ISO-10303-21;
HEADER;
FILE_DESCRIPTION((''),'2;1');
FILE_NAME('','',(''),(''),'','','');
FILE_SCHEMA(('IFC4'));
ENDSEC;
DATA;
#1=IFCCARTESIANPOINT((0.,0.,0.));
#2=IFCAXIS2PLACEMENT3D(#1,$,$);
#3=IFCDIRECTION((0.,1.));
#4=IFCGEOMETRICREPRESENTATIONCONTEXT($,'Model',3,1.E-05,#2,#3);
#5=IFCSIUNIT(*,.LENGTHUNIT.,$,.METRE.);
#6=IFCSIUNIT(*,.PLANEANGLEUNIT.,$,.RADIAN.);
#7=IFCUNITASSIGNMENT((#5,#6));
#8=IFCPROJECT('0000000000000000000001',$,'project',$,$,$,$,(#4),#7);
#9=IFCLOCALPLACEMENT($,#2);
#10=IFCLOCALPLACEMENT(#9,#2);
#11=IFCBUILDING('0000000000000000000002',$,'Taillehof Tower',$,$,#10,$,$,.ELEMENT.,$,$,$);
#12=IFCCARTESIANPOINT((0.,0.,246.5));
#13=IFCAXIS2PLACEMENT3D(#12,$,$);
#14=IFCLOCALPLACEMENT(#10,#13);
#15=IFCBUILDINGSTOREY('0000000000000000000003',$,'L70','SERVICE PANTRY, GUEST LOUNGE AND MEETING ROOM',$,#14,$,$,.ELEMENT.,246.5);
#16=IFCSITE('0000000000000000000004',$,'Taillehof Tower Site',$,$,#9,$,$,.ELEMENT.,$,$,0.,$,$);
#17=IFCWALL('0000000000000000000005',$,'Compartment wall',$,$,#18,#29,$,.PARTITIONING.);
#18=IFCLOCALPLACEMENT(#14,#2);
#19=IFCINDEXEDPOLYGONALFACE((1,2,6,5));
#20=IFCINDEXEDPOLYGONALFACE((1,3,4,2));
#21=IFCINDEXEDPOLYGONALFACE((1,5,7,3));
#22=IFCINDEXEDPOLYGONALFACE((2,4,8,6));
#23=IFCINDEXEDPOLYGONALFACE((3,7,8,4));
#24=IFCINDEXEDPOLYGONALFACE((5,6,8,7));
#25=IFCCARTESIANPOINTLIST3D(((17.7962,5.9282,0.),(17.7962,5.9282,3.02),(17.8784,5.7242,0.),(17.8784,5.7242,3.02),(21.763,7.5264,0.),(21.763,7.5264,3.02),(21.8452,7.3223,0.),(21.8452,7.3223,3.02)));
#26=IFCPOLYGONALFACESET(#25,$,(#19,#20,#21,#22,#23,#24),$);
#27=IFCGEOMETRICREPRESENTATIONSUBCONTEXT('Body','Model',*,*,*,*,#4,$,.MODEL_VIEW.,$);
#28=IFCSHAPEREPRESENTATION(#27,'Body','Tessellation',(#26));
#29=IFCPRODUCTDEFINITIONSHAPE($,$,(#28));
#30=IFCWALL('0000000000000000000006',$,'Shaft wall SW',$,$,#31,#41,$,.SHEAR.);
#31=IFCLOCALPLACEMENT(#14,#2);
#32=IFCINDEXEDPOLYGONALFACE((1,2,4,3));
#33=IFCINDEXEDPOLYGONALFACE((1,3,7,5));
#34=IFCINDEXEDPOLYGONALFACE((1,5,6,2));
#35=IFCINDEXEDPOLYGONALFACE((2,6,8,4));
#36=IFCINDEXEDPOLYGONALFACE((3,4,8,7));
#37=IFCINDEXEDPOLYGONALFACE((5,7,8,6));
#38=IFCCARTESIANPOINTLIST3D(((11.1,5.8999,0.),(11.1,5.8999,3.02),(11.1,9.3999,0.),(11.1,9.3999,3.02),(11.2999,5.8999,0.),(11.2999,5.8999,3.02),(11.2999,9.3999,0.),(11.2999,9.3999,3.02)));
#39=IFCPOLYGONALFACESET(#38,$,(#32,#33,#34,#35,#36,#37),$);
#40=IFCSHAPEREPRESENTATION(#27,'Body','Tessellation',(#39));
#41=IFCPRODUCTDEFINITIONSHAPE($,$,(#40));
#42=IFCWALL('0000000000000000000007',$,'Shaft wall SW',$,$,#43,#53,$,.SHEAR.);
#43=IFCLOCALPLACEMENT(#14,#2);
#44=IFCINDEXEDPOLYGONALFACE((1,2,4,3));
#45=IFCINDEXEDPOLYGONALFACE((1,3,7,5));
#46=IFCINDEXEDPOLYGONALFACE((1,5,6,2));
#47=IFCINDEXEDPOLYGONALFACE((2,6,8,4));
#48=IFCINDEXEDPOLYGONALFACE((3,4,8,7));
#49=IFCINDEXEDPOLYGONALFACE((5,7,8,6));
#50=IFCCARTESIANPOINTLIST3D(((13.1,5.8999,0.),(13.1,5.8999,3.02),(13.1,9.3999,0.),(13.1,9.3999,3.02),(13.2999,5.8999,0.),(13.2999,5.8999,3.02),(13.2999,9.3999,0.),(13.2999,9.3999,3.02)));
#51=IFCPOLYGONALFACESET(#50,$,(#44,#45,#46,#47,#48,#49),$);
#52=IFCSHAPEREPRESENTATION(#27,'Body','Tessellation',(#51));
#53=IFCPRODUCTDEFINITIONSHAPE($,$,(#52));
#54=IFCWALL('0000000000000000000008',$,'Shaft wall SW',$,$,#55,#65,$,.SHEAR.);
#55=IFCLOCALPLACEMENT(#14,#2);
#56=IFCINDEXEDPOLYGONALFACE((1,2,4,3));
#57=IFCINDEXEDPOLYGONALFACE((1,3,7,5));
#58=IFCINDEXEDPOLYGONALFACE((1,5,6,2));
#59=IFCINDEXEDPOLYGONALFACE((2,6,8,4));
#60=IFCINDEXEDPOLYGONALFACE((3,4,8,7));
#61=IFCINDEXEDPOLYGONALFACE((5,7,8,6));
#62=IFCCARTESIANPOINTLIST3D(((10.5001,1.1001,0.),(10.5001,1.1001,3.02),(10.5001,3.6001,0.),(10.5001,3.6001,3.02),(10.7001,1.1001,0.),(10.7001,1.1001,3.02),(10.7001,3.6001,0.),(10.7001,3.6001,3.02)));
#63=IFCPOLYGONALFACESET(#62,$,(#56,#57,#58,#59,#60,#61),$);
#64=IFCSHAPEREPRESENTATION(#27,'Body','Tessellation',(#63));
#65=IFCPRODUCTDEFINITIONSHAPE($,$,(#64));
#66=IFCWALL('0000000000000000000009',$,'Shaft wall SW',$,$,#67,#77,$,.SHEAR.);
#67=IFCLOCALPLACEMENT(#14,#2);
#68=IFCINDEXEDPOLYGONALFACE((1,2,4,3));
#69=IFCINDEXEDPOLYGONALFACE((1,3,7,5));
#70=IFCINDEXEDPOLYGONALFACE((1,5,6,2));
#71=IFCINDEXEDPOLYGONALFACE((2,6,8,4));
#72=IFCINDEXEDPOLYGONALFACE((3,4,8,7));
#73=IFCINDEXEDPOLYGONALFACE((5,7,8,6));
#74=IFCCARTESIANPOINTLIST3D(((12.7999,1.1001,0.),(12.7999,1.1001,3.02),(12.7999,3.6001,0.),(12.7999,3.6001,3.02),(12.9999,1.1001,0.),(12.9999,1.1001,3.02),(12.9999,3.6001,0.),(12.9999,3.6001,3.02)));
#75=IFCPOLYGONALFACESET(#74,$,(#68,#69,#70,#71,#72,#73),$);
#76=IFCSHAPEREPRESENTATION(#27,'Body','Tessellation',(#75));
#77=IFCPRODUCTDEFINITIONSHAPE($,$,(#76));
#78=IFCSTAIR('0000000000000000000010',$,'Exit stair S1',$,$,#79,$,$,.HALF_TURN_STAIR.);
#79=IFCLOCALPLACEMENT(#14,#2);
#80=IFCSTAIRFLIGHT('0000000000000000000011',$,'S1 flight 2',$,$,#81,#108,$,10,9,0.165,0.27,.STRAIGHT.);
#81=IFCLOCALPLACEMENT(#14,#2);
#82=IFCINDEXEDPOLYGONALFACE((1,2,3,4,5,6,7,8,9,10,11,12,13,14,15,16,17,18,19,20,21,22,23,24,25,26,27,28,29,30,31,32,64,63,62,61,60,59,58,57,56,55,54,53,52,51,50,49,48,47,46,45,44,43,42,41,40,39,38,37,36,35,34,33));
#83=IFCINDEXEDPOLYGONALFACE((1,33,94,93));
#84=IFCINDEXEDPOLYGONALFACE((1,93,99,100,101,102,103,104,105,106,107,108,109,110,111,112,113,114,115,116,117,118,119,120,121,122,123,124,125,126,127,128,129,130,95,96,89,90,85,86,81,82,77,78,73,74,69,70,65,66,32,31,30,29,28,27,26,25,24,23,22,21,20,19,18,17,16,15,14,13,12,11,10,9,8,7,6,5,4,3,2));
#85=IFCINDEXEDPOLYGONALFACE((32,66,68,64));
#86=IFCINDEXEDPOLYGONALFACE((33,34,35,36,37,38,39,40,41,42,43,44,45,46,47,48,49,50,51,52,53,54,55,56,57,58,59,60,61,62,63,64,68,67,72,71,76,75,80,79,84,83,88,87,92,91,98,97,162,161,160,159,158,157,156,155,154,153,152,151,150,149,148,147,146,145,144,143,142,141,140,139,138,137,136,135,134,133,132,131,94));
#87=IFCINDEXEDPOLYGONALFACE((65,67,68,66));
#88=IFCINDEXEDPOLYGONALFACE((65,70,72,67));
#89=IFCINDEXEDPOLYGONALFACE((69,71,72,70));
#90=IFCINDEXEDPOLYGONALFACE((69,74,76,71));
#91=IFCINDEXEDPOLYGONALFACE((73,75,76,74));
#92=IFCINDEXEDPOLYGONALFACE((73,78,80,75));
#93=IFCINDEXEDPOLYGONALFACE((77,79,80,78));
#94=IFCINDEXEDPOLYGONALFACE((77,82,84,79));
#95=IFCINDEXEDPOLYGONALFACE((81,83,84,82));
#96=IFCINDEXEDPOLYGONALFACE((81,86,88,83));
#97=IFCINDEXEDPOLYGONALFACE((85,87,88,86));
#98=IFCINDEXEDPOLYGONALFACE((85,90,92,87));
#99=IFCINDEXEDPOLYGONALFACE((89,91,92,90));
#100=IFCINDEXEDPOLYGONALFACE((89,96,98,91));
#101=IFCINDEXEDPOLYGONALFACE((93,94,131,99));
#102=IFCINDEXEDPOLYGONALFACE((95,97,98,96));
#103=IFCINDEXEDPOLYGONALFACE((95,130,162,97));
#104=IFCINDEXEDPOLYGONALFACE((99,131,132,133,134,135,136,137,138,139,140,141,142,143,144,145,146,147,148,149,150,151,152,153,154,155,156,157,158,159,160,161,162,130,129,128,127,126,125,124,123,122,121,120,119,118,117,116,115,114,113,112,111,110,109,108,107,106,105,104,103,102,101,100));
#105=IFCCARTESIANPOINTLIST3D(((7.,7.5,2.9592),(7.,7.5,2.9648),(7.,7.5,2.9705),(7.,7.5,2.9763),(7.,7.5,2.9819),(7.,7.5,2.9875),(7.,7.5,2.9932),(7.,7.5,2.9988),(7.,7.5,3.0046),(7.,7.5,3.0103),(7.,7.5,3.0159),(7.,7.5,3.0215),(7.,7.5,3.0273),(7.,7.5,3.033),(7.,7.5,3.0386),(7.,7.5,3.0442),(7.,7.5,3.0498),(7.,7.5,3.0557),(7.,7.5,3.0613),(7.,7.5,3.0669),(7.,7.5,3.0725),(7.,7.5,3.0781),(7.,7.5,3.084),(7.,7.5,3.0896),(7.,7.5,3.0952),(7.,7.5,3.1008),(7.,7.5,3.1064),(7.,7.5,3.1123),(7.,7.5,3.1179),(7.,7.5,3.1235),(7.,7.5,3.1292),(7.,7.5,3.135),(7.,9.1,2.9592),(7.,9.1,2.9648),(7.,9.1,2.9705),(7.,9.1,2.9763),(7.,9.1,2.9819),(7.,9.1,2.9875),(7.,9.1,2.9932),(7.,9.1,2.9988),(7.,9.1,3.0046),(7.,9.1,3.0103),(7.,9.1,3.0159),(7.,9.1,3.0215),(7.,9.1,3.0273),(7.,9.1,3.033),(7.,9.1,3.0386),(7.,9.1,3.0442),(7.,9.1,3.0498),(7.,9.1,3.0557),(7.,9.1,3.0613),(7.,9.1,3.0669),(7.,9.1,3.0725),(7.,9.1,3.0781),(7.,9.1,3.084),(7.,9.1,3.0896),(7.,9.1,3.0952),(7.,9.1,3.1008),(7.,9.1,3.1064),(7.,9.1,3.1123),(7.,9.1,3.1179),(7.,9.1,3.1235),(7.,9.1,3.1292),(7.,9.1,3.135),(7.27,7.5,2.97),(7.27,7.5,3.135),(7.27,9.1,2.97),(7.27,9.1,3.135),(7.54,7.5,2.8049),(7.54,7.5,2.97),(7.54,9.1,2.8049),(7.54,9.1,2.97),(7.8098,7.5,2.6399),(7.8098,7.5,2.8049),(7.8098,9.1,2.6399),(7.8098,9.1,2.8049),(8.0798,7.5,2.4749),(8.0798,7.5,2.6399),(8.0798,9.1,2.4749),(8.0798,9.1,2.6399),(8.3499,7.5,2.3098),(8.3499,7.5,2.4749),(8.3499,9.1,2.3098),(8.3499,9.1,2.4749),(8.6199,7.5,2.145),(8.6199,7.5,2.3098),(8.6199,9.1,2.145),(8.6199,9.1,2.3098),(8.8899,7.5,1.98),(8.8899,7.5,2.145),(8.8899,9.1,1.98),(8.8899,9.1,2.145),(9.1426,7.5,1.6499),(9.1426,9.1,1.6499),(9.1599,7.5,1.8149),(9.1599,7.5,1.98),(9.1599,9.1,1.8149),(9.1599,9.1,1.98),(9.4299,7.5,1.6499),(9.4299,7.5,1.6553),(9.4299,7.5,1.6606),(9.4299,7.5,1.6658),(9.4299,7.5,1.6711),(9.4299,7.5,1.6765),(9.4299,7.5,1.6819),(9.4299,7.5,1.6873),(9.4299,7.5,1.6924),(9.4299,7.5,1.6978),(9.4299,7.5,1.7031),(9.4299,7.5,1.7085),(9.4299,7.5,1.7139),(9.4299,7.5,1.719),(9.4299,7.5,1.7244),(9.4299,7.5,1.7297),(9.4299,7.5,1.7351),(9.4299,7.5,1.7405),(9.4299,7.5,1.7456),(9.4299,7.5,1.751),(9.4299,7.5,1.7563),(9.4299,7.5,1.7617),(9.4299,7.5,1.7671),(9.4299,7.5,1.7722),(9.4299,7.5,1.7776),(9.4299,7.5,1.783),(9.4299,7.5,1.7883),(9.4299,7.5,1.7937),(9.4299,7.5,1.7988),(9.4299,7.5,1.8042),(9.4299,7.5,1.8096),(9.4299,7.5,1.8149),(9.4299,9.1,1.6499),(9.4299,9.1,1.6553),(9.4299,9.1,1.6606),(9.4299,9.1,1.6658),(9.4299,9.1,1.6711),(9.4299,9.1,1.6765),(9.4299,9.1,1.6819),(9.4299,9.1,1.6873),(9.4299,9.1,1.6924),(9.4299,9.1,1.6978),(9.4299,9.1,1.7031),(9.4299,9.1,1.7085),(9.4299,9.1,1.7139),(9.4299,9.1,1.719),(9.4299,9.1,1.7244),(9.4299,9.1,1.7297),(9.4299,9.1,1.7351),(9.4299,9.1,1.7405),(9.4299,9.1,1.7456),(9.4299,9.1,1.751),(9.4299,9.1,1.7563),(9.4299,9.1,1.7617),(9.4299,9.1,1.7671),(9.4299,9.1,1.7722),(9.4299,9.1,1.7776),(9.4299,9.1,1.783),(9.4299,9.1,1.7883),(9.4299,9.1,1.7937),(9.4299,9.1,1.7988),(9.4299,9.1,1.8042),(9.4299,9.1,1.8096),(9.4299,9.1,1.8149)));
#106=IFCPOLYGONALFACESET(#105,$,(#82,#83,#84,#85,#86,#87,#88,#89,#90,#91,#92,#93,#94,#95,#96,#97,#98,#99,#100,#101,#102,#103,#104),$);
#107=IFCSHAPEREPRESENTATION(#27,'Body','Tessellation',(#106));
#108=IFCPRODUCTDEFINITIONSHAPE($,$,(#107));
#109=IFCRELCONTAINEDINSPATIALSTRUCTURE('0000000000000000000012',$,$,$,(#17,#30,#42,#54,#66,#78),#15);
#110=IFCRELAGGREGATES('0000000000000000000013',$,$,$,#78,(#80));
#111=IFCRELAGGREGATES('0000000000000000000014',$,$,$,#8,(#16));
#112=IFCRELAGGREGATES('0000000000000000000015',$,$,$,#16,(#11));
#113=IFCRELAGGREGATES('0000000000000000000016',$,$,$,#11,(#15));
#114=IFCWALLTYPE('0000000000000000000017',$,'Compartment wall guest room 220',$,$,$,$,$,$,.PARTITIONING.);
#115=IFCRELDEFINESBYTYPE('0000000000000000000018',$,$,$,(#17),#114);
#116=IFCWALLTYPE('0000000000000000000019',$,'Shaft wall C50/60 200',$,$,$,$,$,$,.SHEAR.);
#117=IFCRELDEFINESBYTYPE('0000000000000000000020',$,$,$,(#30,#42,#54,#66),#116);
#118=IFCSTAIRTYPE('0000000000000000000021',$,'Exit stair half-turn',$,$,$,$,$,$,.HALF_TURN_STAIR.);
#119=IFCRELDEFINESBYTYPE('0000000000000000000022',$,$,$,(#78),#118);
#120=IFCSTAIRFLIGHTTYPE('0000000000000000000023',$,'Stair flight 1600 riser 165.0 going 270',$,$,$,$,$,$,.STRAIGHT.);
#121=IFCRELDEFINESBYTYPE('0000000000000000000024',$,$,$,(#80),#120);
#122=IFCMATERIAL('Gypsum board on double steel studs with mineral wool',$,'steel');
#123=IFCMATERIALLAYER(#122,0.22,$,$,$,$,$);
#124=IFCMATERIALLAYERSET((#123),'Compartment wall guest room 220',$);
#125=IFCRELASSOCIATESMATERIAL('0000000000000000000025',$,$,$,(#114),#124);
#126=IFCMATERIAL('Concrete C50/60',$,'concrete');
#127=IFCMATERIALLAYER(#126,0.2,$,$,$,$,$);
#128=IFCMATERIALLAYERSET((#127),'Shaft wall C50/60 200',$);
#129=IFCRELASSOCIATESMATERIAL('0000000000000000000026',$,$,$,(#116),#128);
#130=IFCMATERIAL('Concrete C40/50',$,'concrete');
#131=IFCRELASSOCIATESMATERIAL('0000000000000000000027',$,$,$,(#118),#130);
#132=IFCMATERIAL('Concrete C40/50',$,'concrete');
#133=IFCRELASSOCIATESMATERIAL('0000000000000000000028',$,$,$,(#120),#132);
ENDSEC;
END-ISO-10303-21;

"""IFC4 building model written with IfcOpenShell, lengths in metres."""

from ifc_helpers import new_model, si_unit, direction, frame, frame_2d, origin, place, context, subcontext, project, spatial, polyline, rectangle, outline, extrude, material, layer, layer_set, type_object, element, aggregate, save


model = new_model("IFC4")

# Units and contexts
model_context = context("Model", 3, precision=1e-05, world=origin(), true_north=direction((0.0, 1.0)))
body_context = subcontext(model_context, "Body", "Model", "MODEL_VIEW")
ifc_project = project(units=[si_unit("LENGTHUNIT", "METRE"), si_unit("PLANEANGLEUNIT", "RADIAN")], contexts=[model_context])

# Site, building, storey
site_placement = place(None, origin())
site = spatial("IfcSite", under=ifc_project, at=site_placement, Name="Taillehof Tower Site", CompositionType="ELEMENT", RefElevation=0.0)
building_placement = place(site_placement, origin())
building = spatial("IfcBuilding", under=site, at=building_placement, Name="Taillehof Tower", CompositionType="ELEMENT")
storey_placement = place(building_placement, frame((0.0, 0.0, 246.5)))
storey = spatial("IfcBuildingStorey", under=building, at=storey_placement, Name="L70", Description="SERVICE PANTRY, GUEST LOUNGE AND MEETING ROOM", CompositionType="ELEMENT", Elevation=246.5)

# Walls
ifc_material_1 = material(Name="Gypsum board on double steel studs with mineral wool", Category="steel")
ifc_layer_1 = layer(ifc_material_1, 0.22)
ifc_layer_set_1 = layer_set([ifc_layer_1], Name="Compartment wall guest room 220")
wall_type_1 = type_object("IfcWallType", Name="Compartment wall guest room 220", PredefinedType="PARTITIONING", material=ifc_layer_set_1)
wall_1_placement = place(storey_placement, frame((21.804, 7.4243, 0.0), z_axis=(0.0, 0.0, 1.0), x_axis=(-0.927553, -0.373693, 0.0)))
element("IfcWall", 1, at=wall_1_placement, inside=storey, type_object=wall_type_1, Name="Compartment wall", PredefinedType="PARTITIONING", context=body_context, shape_type="SweptSolid", body=[
    extrude(rectangle(XDim=4.2766, YDim=0.22, at=frame_2d((2.1382, 0.0))), origin(), (0.0, 0.0, 1.0), 3.02),
])
ifc_material_2 = material(Name="Concrete C50/60", Category="concrete")
ifc_layer_2 = layer(ifc_material_2, 0.2)
ifc_layer_set_2 = layer_set([ifc_layer_2], Name="Shaft wall C50/60 200")
wall_type_2 = type_object("IfcWallType", Name="Shaft wall C50/60 200", PredefinedType="SHEAR", material=ifc_layer_set_2)
for number, where, z_axis, x_axis, name in (
    (2, (11.2, 5.8999, 0.0), (0.0, 0.0, 1.0), (0.0, 1.0, 0.0), "Shaft wall SW"),
    (3, (13.2, 5.8999, 0.0), (0.0, 0.0, 1.0), (0.0, 1.0, 0.0), "Shaft wall SW"),
):
    element("IfcWall", number, at=place(storey_placement, frame(where, z_axis=z_axis, x_axis=x_axis)), inside=storey, type_object=wall_type_2, Name=name, PredefinedType="SHEAR", context=body_context, shape_type="SweptSolid", body=[
        extrude(rectangle(XDim=3.5, YDim=0.2, at=frame_2d((1.75, 0.0))), origin(), (0.0, 0.0, 1.0), 3.02),
    ])
for number, where, z_axis, x_axis, name in (
    (4, (10.6001, 1.1001, 0.0), (0.0, 0.0, 1.0), (0.0, 1.0, 0.0), "Shaft wall SW"),
    (5, (12.8999, 1.1001, 0.0), (0.0, 0.0, 1.0), (0.0, 1.0, 0.0), "Shaft wall SW"),
):
    element("IfcWall", number, at=place(storey_placement, frame(where, z_axis=z_axis, x_axis=x_axis)), inside=storey, type_object=wall_type_2, Name=name, PredefinedType="SHEAR", context=body_context, shape_type="SweptSolid", body=[
        extrude(rectangle(XDim=2.5, YDim=0.2, at=frame_2d((1.25, 0.0))), origin(), (0.0, 0.0, 1.0), 3.02),
    ])

# Stair, stair flight
ifc_material_3 = material(Name="Concrete C40/50", Category="concrete")
stair_type = type_object("IfcStairType", Name="Exit stair half-turn", PredefinedType="HALF_TURN_STAIR", material=ifc_material_3)
stair_placement = place(storey_placement, origin())
stair = element("IfcStair", 6, at=stair_placement, inside=storey, type_object=stair_type, Name="Exit stair S1", PredefinedType="HALF_TURN_STAIR")
ifc_material_4 = material(Name="Concrete C40/50", Category="concrete")
stair_flight_type = type_object("IfcStairFlightType", Name="Stair flight 1600 riser 165.0 going 270", PredefinedType="STRAIGHT", material=ifc_material_4)
stair_flight_placement = place(storey_placement, frame((9.4299, 8.3, 1.6499), z_axis=(0.0, 0.0, 1.0), x_axis=(-1.0, 0.0, 0.0)))
stair_flight = element("IfcStairFlight", 7, at=stair_flight_placement, type_object=stair_flight_type, Name="S1 flight 2", NumberOfRisers=10, NumberOfTreads=9, PredefinedType="STRAIGHT", RiserHeight=0.165, TreadLength=0.27, context=body_context, shape_type="SweptSolid", body=[
    extrude(outline(polyline([(0.0, 0.0), (0.0, 0.0054), (0.0, 0.0107), (0.0, 0.0159), (0.0, 0.0212), (0.0, 0.0266), (0.0, 0.032), (0.0, 0.0374), (0.0, 0.0425), (0.0, 0.0479), (0.0, 0.0532), (0.0, 0.0586), (0.0, 0.064), (0.0, 0.0691), (0.0, 0.0745), (0.0, 0.0798), (0.0, 0.0852), (0.0, 0.0906), (0.0, 0.0957), (0.0, 0.1011), (0.0, 0.1064), (0.0, 0.1118), (0.0, 0.1172), (0.0, 0.1223), (0.0, 0.1277), (0.0, 0.1331), (0.0, 0.1384), (0.0, 0.1438), (0.0, 0.1489), (0.0, 0.1543), (0.0, 0.1597), (0.0, 0.165), (0.27, 0.165), (0.27, 0.3301), (0.54, 0.3301), (0.54, 0.4951), (0.8101, 0.4951), (0.8101, 0.6599), (1.0801, 0.6599), (1.0801, 0.825), (1.3501, 0.825), (1.3501, 0.99), (1.6201, 0.99), (1.6201, 1.155), (1.8899, 1.155), (1.8899, 1.3201), (2.1599, 1.3201), (2.1599, 1.4851), (2.4299, 1.4851), (2.4299, 1.4792), (2.4299, 1.4736), (2.4299, 1.468), (2.4299, 1.4624), (2.4299, 1.4565), (2.4299, 1.4509), (2.4299, 1.4453), (2.4299, 1.4397), (2.4299, 1.4341), (2.4299, 1.4282), (2.4299, 1.4226), (2.4299, 1.417), (2.4299, 1.4114), (2.4299, 1.4058), (2.4299, 1.3999), (2.4299, 1.3943), (2.4299, 1.3887), (2.4299, 1.3831), (2.4299, 1.3774), (2.4299, 1.3716), (2.4299, 1.366), (2.4299, 1.3604), (2.4299, 1.3547), (2.4299, 1.3489), (2.4299, 1.3433), (2.4299, 1.3376), (2.4299, 1.332), (2.4299, 1.3264), (2.4299, 1.3206), (2.4299, 1.3149), (2.4299, 1.3093), (0.2874, 0.0), (0.0, 0.0)])), frame((0.0, 0.8, 0.0), z_axis=(0.0, -1.0, 0.0), x_axis=(1.0, 0.0, 0.0)), (0.0, 0.0, 1.0), 1.6),
])
aggregate(stair, [stair_flight])

save(model, "model.ifc")
